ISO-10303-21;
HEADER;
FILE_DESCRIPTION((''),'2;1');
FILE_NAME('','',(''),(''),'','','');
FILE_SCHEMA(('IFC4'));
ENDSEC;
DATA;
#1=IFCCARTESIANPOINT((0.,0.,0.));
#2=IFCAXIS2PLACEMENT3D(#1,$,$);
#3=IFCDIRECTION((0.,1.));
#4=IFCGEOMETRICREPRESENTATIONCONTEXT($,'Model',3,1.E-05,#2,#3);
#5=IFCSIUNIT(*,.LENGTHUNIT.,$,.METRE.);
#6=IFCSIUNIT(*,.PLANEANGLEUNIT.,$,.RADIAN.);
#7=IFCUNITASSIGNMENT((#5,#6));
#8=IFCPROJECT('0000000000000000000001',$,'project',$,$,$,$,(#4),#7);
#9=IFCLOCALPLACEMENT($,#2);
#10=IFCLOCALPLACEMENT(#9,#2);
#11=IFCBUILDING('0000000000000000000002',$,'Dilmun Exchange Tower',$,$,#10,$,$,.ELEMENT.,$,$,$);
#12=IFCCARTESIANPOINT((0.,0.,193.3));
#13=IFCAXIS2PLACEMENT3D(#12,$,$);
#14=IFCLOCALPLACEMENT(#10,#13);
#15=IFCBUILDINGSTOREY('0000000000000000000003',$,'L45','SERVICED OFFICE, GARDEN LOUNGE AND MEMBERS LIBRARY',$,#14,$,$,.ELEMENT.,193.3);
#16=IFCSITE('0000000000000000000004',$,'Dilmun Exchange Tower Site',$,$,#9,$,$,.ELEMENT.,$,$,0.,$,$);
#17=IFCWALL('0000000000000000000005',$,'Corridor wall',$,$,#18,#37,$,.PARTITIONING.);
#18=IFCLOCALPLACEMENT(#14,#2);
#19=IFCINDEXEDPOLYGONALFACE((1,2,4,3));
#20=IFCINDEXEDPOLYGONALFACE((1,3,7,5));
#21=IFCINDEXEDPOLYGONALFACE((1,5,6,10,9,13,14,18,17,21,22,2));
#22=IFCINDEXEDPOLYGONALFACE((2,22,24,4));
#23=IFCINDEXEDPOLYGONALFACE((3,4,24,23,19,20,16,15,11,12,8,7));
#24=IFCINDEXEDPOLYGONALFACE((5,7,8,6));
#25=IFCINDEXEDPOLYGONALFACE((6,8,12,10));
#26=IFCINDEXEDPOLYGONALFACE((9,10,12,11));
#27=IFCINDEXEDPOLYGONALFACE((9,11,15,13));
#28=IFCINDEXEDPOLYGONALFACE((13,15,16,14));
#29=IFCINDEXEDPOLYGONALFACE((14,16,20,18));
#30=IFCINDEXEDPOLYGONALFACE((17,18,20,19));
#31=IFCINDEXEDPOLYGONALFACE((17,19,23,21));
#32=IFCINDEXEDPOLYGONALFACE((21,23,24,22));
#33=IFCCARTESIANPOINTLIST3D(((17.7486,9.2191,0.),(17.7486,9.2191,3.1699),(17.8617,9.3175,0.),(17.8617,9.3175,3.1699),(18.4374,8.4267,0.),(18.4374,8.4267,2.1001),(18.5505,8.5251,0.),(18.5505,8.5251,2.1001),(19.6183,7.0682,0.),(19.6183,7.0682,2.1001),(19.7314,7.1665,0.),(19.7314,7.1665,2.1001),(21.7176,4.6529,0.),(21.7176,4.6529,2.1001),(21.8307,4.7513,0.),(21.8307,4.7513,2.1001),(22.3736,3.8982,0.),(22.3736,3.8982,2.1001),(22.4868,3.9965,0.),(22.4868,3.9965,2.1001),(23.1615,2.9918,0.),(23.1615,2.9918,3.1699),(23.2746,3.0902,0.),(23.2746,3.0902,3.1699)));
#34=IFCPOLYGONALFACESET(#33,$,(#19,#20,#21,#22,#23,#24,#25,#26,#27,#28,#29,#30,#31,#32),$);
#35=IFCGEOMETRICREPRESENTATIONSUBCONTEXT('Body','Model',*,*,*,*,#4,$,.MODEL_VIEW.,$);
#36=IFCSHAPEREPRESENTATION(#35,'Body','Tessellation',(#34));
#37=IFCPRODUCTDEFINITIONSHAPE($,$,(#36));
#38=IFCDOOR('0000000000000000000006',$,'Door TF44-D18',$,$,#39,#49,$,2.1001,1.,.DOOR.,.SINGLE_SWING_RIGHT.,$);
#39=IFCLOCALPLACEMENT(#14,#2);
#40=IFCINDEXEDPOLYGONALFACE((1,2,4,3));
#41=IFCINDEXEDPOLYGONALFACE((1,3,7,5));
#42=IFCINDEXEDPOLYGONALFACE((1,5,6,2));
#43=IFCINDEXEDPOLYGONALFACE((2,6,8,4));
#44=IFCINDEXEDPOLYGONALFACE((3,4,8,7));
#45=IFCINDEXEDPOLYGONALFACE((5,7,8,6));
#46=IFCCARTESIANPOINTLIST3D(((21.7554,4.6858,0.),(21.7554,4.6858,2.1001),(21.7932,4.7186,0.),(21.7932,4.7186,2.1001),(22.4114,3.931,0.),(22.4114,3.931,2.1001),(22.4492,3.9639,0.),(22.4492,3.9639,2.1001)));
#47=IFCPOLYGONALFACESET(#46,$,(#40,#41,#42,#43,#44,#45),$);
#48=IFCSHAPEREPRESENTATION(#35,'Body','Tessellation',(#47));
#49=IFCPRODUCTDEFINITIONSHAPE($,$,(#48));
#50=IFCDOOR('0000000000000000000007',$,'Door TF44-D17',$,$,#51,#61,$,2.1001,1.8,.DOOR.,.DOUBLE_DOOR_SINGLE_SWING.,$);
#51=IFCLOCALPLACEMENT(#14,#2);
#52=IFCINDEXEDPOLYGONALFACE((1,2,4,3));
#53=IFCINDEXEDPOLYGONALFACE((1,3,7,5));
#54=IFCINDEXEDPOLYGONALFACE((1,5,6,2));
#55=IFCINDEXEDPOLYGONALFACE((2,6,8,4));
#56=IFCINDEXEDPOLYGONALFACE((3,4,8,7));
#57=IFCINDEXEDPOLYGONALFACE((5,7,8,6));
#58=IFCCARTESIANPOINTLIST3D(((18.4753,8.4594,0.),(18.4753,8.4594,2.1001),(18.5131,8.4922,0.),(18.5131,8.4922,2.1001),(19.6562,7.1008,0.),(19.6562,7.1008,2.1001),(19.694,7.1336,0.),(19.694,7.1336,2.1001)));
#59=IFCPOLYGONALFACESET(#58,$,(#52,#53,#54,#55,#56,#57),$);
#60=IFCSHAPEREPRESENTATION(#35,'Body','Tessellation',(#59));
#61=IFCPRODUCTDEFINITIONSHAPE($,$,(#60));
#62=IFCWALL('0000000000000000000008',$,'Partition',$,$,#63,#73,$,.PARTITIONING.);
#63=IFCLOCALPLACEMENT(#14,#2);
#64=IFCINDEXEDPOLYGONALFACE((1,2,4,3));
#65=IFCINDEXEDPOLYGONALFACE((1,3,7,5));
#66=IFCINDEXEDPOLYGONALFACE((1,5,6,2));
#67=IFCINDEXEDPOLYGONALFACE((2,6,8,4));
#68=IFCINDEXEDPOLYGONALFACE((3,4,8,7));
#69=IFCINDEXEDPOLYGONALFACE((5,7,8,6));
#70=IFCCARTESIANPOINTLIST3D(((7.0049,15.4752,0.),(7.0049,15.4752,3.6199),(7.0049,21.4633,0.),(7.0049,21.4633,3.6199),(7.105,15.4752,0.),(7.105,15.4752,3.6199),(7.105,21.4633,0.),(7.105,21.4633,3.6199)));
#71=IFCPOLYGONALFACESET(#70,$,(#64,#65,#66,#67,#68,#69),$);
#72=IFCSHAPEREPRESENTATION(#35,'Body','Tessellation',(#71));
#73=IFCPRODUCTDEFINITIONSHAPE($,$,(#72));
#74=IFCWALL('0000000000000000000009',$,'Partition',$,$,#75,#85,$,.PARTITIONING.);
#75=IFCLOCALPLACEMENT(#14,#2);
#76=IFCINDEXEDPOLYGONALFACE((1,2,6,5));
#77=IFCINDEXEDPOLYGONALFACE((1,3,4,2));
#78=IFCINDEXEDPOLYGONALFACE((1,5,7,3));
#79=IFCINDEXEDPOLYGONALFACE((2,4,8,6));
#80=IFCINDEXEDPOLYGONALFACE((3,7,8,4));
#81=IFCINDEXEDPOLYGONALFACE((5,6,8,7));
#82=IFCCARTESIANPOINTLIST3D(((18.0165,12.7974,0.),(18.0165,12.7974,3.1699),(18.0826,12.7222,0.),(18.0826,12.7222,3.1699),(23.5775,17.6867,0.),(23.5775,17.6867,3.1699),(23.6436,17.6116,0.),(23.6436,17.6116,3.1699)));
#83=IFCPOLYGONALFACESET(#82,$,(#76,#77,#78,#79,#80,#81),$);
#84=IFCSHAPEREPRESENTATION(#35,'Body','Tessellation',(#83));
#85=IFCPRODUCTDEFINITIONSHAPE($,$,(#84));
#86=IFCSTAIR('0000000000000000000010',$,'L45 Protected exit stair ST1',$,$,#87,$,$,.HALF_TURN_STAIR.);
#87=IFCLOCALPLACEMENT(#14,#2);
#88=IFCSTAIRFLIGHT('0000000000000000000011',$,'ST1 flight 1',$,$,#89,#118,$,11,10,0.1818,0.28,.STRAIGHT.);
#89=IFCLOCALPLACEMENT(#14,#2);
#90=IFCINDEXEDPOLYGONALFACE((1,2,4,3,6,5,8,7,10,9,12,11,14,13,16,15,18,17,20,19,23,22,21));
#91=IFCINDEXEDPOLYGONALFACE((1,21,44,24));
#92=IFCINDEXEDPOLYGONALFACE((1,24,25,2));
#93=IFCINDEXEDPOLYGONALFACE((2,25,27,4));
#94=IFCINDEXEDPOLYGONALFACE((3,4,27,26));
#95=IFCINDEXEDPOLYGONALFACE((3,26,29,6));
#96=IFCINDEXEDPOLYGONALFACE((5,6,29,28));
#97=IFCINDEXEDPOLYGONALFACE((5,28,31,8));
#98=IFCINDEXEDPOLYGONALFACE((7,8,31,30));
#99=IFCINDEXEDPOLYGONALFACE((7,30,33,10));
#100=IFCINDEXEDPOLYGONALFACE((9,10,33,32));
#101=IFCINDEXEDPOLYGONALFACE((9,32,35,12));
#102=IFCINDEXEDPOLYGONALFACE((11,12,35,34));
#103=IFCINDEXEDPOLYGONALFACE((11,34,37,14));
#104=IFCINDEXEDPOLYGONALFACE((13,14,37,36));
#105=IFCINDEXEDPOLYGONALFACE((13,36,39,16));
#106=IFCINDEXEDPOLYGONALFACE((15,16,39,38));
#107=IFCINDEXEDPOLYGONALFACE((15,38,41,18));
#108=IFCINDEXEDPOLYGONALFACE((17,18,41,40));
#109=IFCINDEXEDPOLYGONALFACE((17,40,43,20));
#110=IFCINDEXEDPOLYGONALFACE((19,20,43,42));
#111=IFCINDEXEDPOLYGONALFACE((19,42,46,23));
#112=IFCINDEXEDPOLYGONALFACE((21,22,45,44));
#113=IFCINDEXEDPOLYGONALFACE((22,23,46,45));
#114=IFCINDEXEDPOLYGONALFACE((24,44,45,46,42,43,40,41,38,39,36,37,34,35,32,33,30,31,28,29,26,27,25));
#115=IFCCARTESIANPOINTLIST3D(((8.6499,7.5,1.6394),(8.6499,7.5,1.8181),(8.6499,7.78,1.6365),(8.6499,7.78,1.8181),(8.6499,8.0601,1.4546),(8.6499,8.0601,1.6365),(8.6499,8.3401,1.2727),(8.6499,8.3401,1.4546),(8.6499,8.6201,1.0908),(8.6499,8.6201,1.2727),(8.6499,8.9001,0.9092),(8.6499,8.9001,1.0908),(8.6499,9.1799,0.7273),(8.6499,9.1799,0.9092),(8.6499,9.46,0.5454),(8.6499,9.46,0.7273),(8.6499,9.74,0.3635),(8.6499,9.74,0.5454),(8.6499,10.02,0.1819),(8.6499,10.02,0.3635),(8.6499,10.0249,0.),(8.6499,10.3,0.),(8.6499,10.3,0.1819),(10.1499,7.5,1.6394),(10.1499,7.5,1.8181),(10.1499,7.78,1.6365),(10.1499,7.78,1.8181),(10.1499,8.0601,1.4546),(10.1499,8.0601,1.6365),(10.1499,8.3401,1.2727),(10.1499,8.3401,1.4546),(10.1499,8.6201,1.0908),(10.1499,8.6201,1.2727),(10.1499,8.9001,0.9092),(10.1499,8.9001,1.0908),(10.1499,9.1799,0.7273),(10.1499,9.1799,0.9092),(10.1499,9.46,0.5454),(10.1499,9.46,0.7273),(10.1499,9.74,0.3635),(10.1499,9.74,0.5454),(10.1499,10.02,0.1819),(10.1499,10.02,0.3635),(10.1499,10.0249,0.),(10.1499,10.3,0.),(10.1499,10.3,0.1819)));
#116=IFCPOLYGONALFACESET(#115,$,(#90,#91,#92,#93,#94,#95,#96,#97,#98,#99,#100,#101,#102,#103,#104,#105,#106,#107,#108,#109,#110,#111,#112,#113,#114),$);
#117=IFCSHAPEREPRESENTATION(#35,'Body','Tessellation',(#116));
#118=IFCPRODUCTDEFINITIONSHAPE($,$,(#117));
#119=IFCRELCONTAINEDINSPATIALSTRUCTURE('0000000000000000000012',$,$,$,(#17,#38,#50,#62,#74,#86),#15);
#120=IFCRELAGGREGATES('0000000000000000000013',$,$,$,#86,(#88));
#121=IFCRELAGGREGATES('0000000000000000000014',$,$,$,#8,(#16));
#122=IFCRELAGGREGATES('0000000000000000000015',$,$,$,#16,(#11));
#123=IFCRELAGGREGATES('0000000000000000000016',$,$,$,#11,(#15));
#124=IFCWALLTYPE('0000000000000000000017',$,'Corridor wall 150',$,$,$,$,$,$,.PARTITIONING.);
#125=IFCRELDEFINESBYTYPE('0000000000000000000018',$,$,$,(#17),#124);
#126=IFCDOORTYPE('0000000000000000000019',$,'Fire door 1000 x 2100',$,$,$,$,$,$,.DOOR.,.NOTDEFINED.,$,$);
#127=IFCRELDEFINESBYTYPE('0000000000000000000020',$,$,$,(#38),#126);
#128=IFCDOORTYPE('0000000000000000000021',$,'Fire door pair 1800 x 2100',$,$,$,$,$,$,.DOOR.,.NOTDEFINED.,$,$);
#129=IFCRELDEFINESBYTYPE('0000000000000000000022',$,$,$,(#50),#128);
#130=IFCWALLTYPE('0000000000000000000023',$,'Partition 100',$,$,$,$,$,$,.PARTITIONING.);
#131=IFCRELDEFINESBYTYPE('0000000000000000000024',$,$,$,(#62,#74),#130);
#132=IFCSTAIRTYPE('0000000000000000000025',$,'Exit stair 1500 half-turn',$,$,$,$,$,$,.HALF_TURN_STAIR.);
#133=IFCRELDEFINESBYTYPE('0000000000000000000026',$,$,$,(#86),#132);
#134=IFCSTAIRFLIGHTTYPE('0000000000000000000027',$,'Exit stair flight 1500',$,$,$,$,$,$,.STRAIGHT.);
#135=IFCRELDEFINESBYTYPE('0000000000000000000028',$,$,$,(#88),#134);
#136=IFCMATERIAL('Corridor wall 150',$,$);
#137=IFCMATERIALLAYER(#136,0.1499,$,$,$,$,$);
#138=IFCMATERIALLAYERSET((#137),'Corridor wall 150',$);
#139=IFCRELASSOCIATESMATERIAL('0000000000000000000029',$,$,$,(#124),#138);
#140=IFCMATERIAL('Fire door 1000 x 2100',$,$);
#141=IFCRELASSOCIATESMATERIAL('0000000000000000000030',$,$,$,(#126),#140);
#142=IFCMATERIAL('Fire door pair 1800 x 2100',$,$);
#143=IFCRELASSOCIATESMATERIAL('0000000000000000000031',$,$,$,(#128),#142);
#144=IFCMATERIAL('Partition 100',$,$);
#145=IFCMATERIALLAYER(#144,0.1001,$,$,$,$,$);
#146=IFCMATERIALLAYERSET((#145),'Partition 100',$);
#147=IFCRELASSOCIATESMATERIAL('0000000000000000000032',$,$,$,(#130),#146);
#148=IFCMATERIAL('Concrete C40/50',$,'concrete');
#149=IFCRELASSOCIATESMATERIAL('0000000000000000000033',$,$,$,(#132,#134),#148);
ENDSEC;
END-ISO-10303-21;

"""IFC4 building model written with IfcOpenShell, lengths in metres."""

from ifc_helpers import new_model, si_unit, direction, frame, frame_2d, origin, place, context, subcontext, project, spatial, polyline, rectangle, outline, extrude, material, layer, layer_set, type_object, element, fill, aggregate, save


model = new_model("IFC4")

# Units and contexts
model_context = context("Model", 3, precision=1e-05, world=origin(), true_north=direction((0.0, 1.0)))
body_context = subcontext(model_context, "Body", "Model", "MODEL_VIEW")
ifc_project = project(units=[si_unit("LENGTHUNIT", "METRE"), si_unit("PLANEANGLEUNIT", "RADIAN")], contexts=[model_context])

# Site, building, storey
site_placement = place(None, origin())
site = spatial("IfcSite", under=ifc_project, at=site_placement, Name="Dilmun Exchange Tower Site", CompositionType="ELEMENT", RefElevation=0.0)
building_placement = place(site_placement, origin())
building = spatial("IfcBuilding", under=site, at=building_placement, Name="Dilmun Exchange Tower", CompositionType="ELEMENT")
storey_placement = place(building_placement, frame((0.0, 0.0, 193.3)))
storey = spatial("IfcBuildingStorey", under=building, at=storey_placement, Name="L45", Description="SERVICED OFFICE, GARDEN LOUNGE AND MEMBERS LIBRARY", CompositionType="ELEMENT", Elevation=193.3)

# Shared definitions
ifc_material_1 = material(Name="Concrete C40/50", Category="concrete")

# Shared definitions
ifc_material_2 = material(Name="Corridor wall 150")
ifc_layer_1 = layer(ifc_material_2, 0.1499)
ifc_layer_set_1 = layer_set([ifc_layer_1], Name="Corridor wall 150")
wall_type_1 = type_object("IfcWallType", Name="Corridor wall 150", PredefinedType="PARTITIONING", material=ifc_layer_set_1)

# Shared definitions
ifc_material_3 = material(Name="Fire door 1000 x 2100")
door_type_1 = type_object("IfcDoorType", Name="Fire door 1000 x 2100", OperationType="NOTDEFINED", PredefinedType="DOOR", material=ifc_material_3)

# Wall, openings, doors
wall_1_placement = place(storey_placement, frame((17.8052, 9.2683, 0.0), z_axis=(0.0, 0.0, 1.0), x_axis=(0.656027, -0.754737, 0.0)))
wall_1 = element("IfcWall", 1, at=wall_1_placement, inside=storey, type_object=wall_type_1, Name="Corridor wall", PredefinedType="PARTITIONING", context=body_context, shape_type="SweptSolid", body=[
    extrude(rectangle(XDim=8.251, YDim=0.1499, at=frame_2d((4.1255, 0.0))), origin(), (0.0, 0.0, 1.0), 3.1699),
])
opening_1_placement = place(wall_1_placement, frame((1.05, 0.0, 0.0)))
opening_1 = element("IfcOpeningElement", 2, at=opening_1_placement, cuts=wall_1, PredefinedType="OPENING", context=body_context, shape_type="SweptSolid", body=[
    extrude(rectangle(XDim=1.8, YDim=2.1001, at=frame_2d((0.8999, 1.05))), frame((0.0, 0.085, 0.0), z_axis=(0.0, -1.0, 0.0), x_axis=(1.0, 0.0, 0.0)), (0.0, 0.0, 1.0), 0.1699),
])
opening_2_placement = place(wall_1_placement, frame((6.05, 0.0, 0.0)))
opening_2 = element("IfcOpeningElement", 3, at=opening_2_placement, cuts=wall_1, PredefinedType="OPENING", context=body_context, shape_type="SweptSolid", body=[
    extrude(rectangle(XDim=1.0, YDim=2.1001, at=frame_2d((0.5, 1.05))), frame((0.0, 0.085, 0.0), z_axis=(0.0, -1.0, 0.0), x_axis=(1.0, 0.0, 0.0)), (0.0, 0.0, 1.0), 0.1699),
])
door_1_placement = place(opening_2_placement, frame((1.0, 0.0, 0.0), z_axis=(0.0, 0.0, 1.0), x_axis=(-1.0, 0.0, 0.0)))
door_1 = element("IfcDoor", 4, at=door_1_placement, inside=storey, type_object=door_type_1, Name="Door TF44-D18", OperationType="SINGLE_SWING_RIGHT", OverallHeight=2.1001, OverallWidth=1.0, PredefinedType="DOOR", context=body_context, shape_type="SweptSolid", body=[
    extrude(rectangle(XDim=1.0, YDim=2.1001, at=frame_2d((0.5, 1.05))), frame((0.0, 0.0249, 0.0), z_axis=(0.0, -1.0, 0.0), x_axis=(1.0, 0.0, 0.0)), (0.0, 0.0, 1.0), 0.05),
])
fill(opening_2, door_1)
ifc_material_4 = material(Name="Fire door pair 1800 x 2100")
door_type_2 = type_object("IfcDoorType", Name="Fire door pair 1800 x 2100", OperationType="NOTDEFINED", PredefinedType="DOOR", material=ifc_material_4)
door_2_placement = place(opening_1_placement, frame((1.8, 0.0, 0.0), z_axis=(0.0, 0.0, 1.0), x_axis=(-1.0, 0.0, 0.0)))
door_2 = element("IfcDoor", 5, at=door_2_placement, inside=storey, type_object=door_type_2, Name="Door TF44-D17", OperationType="DOUBLE_DOOR_SINGLE_SWING", OverallHeight=2.1001, OverallWidth=1.8, PredefinedType="DOOR", context=body_context, shape_type="SweptSolid", body=[
    extrude(rectangle(XDim=1.8, YDim=2.1001, at=frame_2d((0.8999, 1.05))), frame((0.0, 0.0249, 0.0), z_axis=(0.0, -1.0, 0.0), x_axis=(1.0, 0.0, 0.0)), (0.0, 0.0, 1.0), 0.05),
])
fill(opening_1, door_2)

# Walls
ifc_material_5 = material(Name="Partition 100")
ifc_layer_2 = layer(ifc_material_5, 0.1001)
ifc_layer_set_2 = layer_set([ifc_layer_2], Name="Partition 100")
wall_type_2 = type_object("IfcWallType", Name="Partition 100", PredefinedType="PARTITIONING", material=ifc_layer_set_2)
wall_2_placement = place(storey_placement, frame((7.0549, 15.4751, 0.0), z_axis=(0.0, 0.0, 1.0), x_axis=(0.0, 1.0, 0.0)))
element("IfcWall", 6, at=wall_2_placement, inside=storey, type_object=wall_type_2, Name="Partition", PredefinedType="PARTITIONING", context=body_context, shape_type="SweptSolid", body=[
    extrude(rectangle(XDim=5.988, YDim=0.1001, at=frame_2d((2.9941, 0.0))), origin(), (0.0, 0.0, 1.0), 3.6199),
])
wall_3_placement = place(storey_placement, frame((18.0496, 12.7598, 0.0), z_axis=(0.0, 0.0, 1.0), x_axis=(0.751002, 0.6603, 0.0)))
element("IfcWall", 7, at=wall_3_placement, inside=storey, type_object=wall_type_2, Name="Partition", PredefinedType="PARTITIONING", context=body_context, shape_type="SweptSolid", body=[
    extrude(rectangle(XDim=7.4048, YDim=0.1001, at=frame_2d((3.7024, 0.0))), origin(), (0.0, 0.0, 1.0), 3.1699),
])

# Stair, stair flight
stair_type = type_object("IfcStairType", Name="Exit stair 1500 half-turn", PredefinedType="HALF_TURN_STAIR", material=ifc_material_1)
stair_placement = place(storey_placement, origin())
stair = element("IfcStair", 8, at=stair_placement, inside=storey, type_object=stair_type, Name="L45 Protected exit stair ST1", PredefinedType="HALF_TURN_STAIR")
stair_flight_type = type_object("IfcStairFlightType", Name="Exit stair flight 1500", PredefinedType="STRAIGHT", material=ifc_material_1)
stair_flight_placement = place(storey_placement, frame((9.3999, 10.3, 0.0), z_axis=(0.0, 0.0, 1.0), x_axis=(0.0, -1.0, 0.0)))
stair_flight = element("IfcStairFlight", 9, at=stair_flight_placement, type_object=stair_flight_type, Name="ST1 flight 1", NumberOfRisers=11, NumberOfTreads=10, PredefinedType="STRAIGHT", RiserHeight=0.1818, TreadLength=0.28, context=body_context, shape_type="SweptSolid", body=[
    extrude(outline(polyline([(0.0, 0.0), (0.0, 0.1819), (0.28, 0.1819), (0.28, 0.3635), (0.5601, 0.3635), (0.5601, 0.5454), (0.8401, 0.5454), (0.8401, 0.7273), (1.1201, 0.7273), (1.1201, 0.9092), (1.3999, 0.9092), (1.3999, 1.0908), (1.6799, 1.0908), (1.6799, 1.2727), (1.96, 1.2727), (1.96, 1.4546), (2.24, 1.4546), (2.24, 1.6365), (2.52, 1.6365), (2.52, 1.8181), (2.8, 1.8181), (2.8, 2.0), (2.8, 1.6394), (0.2751, 0.0), (0.0, 0.0)])), frame((0.0, 0.75, 0.0), z_axis=(0.0, -1.0, 0.0), x_axis=(1.0, 0.0, 0.0)), (0.0, 0.0, 1.0), 1.5),
])
aggregate(stair, [stair_flight])

save(model, "model.ifc")
